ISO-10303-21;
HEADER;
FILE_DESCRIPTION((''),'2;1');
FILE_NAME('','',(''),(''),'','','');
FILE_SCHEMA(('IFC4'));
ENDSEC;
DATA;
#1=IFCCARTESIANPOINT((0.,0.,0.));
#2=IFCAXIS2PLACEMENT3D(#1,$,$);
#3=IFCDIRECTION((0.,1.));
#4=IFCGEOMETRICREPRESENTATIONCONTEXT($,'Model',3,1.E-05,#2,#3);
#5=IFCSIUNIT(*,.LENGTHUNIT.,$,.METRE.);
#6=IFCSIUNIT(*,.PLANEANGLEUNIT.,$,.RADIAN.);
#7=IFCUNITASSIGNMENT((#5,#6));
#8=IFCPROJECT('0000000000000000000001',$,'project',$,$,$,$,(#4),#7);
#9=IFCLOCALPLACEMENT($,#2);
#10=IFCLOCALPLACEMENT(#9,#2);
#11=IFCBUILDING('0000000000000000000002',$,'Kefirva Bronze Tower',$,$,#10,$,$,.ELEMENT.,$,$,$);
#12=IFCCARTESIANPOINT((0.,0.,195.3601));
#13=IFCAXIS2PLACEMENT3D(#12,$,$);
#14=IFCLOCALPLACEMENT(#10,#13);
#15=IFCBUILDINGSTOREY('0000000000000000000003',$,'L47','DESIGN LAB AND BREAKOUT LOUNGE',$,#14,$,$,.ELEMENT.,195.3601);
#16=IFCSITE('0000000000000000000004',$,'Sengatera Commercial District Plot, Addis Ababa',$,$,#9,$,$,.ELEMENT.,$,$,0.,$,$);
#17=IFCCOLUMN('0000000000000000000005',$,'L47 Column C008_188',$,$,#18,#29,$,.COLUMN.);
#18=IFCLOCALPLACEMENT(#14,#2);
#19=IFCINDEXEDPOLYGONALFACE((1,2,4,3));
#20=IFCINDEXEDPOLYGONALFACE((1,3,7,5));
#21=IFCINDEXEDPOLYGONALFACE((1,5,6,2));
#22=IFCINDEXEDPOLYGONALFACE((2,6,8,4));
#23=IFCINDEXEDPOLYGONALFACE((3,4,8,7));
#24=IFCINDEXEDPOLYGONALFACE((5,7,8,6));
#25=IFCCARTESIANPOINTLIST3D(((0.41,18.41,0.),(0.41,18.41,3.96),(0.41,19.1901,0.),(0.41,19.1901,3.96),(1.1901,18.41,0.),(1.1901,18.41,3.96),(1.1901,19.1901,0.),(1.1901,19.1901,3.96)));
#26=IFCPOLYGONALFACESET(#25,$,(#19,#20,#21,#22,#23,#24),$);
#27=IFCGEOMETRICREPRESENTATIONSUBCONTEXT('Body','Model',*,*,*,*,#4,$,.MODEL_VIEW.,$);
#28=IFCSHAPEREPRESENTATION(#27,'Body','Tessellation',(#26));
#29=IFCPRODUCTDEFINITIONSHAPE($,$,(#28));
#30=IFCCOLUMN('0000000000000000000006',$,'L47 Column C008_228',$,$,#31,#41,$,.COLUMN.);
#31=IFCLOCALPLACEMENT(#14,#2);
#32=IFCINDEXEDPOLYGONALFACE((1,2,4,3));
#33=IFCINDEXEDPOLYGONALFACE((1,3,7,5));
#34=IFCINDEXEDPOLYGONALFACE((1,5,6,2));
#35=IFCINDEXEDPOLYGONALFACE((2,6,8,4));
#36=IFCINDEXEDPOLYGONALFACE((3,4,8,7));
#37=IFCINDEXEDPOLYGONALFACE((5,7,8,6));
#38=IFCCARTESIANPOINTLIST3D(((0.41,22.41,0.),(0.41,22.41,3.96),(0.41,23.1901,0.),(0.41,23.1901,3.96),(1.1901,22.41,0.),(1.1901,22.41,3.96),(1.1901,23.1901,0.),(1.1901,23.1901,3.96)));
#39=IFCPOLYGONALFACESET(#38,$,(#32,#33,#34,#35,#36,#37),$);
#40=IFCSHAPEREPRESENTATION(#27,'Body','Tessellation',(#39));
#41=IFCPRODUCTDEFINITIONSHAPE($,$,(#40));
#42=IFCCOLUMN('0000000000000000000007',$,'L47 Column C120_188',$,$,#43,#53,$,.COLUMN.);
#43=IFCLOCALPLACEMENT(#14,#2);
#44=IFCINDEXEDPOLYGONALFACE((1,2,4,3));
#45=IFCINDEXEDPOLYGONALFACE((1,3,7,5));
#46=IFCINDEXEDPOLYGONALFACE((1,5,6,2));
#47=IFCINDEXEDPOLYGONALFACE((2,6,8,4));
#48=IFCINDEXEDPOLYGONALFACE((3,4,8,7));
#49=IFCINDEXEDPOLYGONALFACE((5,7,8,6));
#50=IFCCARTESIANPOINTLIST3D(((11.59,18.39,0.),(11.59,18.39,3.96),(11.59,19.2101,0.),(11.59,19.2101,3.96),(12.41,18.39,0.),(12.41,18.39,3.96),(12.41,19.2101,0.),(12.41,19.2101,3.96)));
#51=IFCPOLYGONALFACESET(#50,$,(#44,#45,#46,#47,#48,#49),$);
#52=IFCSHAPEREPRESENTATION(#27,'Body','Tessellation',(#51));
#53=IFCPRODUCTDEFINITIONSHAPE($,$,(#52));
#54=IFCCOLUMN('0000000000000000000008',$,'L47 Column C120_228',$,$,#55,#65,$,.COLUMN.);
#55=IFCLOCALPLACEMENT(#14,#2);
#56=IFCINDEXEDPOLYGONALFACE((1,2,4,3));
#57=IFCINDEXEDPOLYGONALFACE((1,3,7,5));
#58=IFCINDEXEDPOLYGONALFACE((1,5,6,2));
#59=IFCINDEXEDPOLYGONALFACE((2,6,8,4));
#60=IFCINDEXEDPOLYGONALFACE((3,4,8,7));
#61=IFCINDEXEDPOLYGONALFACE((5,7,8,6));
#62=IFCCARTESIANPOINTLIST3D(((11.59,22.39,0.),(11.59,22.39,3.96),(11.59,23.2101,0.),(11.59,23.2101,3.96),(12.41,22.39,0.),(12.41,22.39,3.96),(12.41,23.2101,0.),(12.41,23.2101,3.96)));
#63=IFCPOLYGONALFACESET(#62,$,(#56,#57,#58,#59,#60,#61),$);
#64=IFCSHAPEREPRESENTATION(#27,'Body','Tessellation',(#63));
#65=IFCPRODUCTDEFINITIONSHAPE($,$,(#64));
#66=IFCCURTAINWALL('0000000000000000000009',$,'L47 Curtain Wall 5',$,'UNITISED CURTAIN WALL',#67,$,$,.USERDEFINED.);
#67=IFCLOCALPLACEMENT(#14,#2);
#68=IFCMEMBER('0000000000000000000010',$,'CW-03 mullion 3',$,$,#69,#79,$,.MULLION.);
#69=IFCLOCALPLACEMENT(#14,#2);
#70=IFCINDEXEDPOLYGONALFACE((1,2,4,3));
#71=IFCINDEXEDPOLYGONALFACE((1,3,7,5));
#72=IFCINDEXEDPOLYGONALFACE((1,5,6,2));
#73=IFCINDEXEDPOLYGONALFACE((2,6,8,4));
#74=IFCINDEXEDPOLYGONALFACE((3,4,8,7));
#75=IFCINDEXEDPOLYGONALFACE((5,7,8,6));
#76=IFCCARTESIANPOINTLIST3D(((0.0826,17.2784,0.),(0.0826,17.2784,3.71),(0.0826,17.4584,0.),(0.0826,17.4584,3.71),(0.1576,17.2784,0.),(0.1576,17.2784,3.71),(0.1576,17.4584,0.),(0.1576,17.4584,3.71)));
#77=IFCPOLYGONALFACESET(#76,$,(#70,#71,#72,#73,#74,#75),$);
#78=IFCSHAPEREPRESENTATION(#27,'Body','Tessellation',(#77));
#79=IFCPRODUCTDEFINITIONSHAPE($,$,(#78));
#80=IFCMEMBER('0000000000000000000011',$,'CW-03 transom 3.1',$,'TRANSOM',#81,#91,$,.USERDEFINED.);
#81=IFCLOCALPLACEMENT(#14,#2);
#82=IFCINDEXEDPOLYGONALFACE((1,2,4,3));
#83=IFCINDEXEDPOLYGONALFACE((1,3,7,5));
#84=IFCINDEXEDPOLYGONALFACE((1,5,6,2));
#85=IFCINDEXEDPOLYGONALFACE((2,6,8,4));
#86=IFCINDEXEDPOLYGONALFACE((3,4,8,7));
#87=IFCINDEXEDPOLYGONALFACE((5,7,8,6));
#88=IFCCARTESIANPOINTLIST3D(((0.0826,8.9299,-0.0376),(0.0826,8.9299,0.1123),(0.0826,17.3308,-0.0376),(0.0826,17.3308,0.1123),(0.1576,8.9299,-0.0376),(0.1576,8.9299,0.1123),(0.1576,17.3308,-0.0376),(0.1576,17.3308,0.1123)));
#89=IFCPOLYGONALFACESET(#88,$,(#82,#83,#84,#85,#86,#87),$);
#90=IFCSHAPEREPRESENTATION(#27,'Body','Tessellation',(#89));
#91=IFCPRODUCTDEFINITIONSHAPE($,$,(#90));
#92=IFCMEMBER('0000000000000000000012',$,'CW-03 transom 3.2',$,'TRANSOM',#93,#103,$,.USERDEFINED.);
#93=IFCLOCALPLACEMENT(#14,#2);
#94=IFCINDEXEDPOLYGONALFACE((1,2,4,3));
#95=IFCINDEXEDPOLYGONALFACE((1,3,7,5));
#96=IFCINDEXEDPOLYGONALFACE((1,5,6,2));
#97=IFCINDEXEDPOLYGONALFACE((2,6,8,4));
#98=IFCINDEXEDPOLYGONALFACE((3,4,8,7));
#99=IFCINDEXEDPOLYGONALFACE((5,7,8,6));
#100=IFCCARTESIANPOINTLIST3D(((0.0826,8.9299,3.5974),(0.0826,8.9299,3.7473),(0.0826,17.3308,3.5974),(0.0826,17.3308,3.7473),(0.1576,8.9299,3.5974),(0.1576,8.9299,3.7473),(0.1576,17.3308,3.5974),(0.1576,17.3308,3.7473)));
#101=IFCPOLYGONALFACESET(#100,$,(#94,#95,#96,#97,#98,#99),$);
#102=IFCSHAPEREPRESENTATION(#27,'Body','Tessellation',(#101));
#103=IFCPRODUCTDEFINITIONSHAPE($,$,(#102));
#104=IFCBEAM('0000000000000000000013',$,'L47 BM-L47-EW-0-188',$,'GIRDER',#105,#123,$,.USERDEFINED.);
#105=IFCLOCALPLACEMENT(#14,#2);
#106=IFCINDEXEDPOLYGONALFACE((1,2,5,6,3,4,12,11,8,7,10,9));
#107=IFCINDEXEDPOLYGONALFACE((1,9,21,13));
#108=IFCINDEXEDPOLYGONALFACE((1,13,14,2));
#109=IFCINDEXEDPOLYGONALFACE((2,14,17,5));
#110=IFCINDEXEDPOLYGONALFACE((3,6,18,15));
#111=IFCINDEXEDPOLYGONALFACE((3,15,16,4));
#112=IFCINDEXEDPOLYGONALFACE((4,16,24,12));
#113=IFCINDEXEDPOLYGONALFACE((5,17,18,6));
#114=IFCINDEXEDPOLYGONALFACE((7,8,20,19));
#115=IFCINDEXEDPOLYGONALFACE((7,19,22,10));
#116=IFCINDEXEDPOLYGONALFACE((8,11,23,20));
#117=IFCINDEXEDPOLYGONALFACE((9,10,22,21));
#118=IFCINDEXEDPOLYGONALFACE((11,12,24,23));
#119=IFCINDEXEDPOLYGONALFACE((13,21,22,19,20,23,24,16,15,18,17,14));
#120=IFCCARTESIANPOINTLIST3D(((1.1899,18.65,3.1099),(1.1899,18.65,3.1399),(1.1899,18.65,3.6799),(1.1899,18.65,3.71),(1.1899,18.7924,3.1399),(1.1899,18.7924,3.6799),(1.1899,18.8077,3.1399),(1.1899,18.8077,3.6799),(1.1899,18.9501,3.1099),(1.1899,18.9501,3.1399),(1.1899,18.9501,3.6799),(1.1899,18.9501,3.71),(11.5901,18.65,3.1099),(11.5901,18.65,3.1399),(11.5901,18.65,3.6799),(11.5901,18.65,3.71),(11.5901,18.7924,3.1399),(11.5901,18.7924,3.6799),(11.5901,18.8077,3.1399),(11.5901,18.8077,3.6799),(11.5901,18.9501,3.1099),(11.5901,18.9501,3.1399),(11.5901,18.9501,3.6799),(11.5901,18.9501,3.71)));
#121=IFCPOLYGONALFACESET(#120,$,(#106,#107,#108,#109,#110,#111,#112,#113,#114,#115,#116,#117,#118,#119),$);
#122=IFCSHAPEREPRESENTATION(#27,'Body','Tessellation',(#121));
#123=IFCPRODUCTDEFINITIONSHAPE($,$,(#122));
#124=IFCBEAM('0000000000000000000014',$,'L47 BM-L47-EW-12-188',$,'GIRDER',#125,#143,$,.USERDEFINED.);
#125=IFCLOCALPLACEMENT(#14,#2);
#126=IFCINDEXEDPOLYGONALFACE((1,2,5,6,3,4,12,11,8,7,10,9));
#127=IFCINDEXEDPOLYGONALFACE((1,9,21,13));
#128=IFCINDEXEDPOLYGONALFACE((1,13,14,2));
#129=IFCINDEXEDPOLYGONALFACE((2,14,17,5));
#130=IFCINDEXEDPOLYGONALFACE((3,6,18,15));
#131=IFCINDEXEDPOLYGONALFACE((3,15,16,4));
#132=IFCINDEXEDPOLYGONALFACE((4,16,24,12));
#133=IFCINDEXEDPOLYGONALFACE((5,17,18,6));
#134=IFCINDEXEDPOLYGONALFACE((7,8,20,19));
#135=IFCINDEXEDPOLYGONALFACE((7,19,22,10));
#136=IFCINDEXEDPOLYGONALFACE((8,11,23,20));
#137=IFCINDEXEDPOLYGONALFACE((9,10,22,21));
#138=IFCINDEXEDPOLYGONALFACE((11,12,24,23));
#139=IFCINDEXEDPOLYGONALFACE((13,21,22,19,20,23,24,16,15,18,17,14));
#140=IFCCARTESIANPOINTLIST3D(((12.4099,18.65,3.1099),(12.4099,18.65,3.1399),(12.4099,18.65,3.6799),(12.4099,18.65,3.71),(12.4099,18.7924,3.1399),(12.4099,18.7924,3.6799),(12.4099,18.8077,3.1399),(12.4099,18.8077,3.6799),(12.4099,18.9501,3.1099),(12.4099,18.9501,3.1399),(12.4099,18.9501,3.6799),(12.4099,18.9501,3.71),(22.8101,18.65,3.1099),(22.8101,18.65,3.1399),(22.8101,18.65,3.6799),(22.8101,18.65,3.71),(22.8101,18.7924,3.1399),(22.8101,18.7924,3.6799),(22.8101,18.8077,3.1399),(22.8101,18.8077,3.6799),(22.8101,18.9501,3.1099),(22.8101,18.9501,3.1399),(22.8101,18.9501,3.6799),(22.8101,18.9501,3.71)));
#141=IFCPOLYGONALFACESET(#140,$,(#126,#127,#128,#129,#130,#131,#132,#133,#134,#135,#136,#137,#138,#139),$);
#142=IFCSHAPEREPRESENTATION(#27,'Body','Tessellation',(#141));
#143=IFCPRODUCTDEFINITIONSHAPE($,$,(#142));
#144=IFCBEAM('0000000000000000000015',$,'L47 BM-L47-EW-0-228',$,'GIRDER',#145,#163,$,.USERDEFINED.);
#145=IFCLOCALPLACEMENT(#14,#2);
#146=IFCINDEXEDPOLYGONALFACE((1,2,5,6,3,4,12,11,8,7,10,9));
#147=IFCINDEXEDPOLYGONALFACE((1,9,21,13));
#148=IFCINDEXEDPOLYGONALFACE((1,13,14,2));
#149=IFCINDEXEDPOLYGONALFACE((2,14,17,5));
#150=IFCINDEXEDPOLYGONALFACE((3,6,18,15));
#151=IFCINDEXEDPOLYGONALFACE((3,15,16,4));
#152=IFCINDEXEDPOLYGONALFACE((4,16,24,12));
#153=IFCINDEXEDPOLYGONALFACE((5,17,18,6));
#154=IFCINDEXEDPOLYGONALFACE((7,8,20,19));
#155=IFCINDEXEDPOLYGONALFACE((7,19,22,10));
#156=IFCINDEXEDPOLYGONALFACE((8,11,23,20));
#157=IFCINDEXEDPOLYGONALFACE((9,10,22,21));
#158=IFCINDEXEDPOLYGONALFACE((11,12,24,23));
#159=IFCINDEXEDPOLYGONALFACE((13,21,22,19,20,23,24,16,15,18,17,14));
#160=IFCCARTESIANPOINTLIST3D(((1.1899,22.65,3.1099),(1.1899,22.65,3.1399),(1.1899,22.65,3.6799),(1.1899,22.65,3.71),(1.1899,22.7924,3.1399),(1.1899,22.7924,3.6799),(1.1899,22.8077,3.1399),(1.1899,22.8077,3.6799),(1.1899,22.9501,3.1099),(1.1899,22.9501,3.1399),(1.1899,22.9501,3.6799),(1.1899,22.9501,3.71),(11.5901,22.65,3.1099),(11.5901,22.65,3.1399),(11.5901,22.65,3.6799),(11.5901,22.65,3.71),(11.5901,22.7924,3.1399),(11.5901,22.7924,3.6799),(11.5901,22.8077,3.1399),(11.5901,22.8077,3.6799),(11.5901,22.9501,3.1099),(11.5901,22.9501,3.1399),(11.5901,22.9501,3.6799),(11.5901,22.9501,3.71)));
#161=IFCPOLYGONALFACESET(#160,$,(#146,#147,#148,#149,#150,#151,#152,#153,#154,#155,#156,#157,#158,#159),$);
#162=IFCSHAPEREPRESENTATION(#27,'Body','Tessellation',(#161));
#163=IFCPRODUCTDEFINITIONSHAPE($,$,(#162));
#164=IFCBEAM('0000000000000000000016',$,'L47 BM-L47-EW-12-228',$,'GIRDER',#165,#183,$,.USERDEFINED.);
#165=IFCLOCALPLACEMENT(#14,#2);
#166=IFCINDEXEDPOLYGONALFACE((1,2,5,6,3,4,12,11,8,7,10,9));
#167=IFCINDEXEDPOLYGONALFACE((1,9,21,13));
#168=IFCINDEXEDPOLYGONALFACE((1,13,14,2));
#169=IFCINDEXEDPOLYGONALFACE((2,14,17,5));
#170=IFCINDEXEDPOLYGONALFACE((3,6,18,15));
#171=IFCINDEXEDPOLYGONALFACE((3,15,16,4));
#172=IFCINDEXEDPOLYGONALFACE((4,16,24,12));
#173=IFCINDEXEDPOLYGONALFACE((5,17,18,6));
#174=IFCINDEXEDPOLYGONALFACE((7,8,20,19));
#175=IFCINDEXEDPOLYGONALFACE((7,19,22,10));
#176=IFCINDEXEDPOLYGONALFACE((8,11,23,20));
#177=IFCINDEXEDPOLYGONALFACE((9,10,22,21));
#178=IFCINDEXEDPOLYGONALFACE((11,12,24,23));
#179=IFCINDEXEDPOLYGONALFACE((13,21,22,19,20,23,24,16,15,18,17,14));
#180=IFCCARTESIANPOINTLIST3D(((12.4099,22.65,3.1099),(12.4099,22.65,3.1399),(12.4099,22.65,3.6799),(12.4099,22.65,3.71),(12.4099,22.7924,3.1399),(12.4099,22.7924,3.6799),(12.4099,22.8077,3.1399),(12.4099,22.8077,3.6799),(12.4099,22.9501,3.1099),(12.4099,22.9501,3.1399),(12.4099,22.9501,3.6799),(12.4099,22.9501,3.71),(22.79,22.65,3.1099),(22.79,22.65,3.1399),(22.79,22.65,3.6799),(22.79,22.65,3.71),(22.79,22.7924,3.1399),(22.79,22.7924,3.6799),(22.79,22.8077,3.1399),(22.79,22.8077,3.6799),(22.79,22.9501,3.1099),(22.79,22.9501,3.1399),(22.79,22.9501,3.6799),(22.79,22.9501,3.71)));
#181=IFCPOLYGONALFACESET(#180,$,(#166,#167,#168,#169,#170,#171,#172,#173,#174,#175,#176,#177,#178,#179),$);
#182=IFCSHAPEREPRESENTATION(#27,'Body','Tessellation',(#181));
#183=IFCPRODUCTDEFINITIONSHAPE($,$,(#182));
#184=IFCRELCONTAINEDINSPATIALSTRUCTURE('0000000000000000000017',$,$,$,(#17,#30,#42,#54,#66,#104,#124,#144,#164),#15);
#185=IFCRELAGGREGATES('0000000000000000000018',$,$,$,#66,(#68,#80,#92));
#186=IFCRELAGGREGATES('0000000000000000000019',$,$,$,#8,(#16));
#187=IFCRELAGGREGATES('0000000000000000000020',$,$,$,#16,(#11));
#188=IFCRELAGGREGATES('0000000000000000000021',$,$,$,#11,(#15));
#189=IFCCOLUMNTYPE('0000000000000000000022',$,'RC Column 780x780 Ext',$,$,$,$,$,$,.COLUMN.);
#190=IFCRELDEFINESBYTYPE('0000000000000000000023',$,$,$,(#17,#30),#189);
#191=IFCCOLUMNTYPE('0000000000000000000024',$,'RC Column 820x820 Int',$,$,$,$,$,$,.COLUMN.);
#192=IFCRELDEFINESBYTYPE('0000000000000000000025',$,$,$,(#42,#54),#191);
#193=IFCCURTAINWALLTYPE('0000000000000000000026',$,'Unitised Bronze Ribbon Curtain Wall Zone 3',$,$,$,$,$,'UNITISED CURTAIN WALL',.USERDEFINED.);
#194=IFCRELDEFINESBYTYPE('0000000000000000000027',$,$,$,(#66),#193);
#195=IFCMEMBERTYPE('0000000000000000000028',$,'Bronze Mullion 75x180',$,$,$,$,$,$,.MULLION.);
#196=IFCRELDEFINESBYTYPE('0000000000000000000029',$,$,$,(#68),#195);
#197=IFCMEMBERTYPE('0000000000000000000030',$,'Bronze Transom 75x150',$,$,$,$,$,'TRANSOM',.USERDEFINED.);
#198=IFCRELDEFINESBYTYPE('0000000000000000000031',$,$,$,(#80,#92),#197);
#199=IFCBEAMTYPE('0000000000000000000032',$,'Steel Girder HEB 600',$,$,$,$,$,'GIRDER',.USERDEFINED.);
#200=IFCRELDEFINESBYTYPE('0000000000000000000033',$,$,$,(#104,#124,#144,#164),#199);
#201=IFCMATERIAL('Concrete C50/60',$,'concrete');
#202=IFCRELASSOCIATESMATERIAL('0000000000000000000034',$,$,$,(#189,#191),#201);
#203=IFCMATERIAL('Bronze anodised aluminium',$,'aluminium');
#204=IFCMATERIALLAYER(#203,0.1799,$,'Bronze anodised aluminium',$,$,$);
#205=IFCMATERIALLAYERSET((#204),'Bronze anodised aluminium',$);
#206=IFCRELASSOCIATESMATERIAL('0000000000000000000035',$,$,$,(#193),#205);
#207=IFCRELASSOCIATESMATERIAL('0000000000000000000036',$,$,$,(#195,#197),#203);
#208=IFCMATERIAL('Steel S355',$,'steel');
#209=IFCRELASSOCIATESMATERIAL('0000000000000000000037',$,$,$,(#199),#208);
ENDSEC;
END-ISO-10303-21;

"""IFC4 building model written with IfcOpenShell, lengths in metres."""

from ifc_helpers import new_model, si_unit, direction, frame, origin, origin_2d, place, context, subcontext, project, spatial, rectangle, i_section, extrude, material, layer, layer_set, material_profile, profile_set, type_object, element, aggregate, save


model = new_model("IFC4")

# Units and contexts
model_context = context("Model", 3, precision=1e-05, world=origin(), true_north=direction((0.0, 1.0)))
body_context = subcontext(model_context, "Body", "Model", "MODEL_VIEW")
ifc_project = project(units=[si_unit("LENGTHUNIT", "METRE"), si_unit("PLANEANGLEUNIT", "RADIAN")], contexts=[model_context])

# Site, building, storey
site_placement = place(None, origin())
site = spatial("IfcSite", under=ifc_project, at=site_placement, Name="Sengatera Commercial District Plot, Addis Ababa", CompositionType="ELEMENT", RefElevation=0.0)
building_placement = place(site_placement, origin())
building = spatial("IfcBuilding", under=site, at=building_placement, Name="Kefirva Bronze Tower", CompositionType="ELEMENT")
storey_placement = place(building_placement, frame((0.0, 0.0, 195.3601)))
storey = spatial("IfcBuildingStorey", under=building, at=storey_placement, Name="L47", Description="DESIGN LAB AND BREAKOUT LOUNGE", CompositionType="ELEMENT", Elevation=195.3601)

# Columns
ifc_material_1 = material(Name="Concrete C50/60", Category="concrete")
ifc_material_profile_1 = material_profile(ifc_material_1, rectangle(XDim=0.78, YDim=0.78, at=origin_2d()), Name="RC 780x780")
ifc_profile_set_1 = profile_set([ifc_material_profile_1], Name="Concrete C50/60")
column_type_1 = type_object("IfcColumnType", Name="RC Column 780x780 Ext", PredefinedType="COLUMN", material=ifc_profile_set_1)
for number, where, z_axis, x_axis, name in (
    (1, (0.8, 18.8, 0.0), (0.0, 0.0, 1.0), (1.0, 0.0, 0.0), "L47 Column C008_188"),
    (2, (0.8, 22.8, 0.0), (0.0, 0.0, 1.0), (1.0, 0.0, 0.0), "L47 Column C008_228"),
):
    element("IfcColumn", number, at=place(storey_placement, frame(where, z_axis=z_axis, x_axis=x_axis)), inside=storey, type_object=column_type_1, Name=name, PredefinedType="COLUMN", context=body_context, shape_type="SweptSolid", body=[
        extrude(rectangle(XDim=0.78, YDim=0.78, at=origin_2d()), origin(), (0.0, 0.0, 1.0), 3.96),
    ])
ifc_material_profile_2 = material_profile(ifc_material_1, rectangle(XDim=0.8201, YDim=0.8201, at=origin_2d()), Name="RC 820x820")
ifc_profile_set_2 = profile_set([ifc_material_profile_2], Name="Concrete C50/60")
column_type_2 = type_object("IfcColumnType", Name="RC Column 820x820 Int", PredefinedType="COLUMN", material=ifc_profile_set_2)
for number, where, z_axis, x_axis, name in (
    (3, (12.0, 18.8, 0.0), (0.0, 0.0, 1.0), (1.0, 0.0, 0.0), "L47 Column C120_188"),
    (4, (12.0, 22.8, 0.0), (0.0, 0.0, 1.0), (1.0, 0.0, 0.0), "L47 Column C120_228"),
):
    element("IfcColumn", number, at=place(storey_placement, frame(where, z_axis=z_axis, x_axis=x_axis)), inside=storey, type_object=column_type_2, Name=name, PredefinedType="COLUMN", context=body_context, shape_type="SweptSolid", body=[
        extrude(rectangle(XDim=0.8201, YDim=0.8201, at=origin_2d()), origin(), (0.0, 0.0, 1.0), 3.96),
    ])

# Curtain wall, members
ifc_material_2 = material(Name="Bronze anodised aluminium", Category="aluminium")
ifc_layer_1 = layer(ifc_material_2, 0.1799, Name="Bronze anodised aluminium")
ifc_layer_set_1 = layer_set([ifc_layer_1], Name="Bronze anodised aluminium")
curtain_wall_type = type_object("IfcCurtainWallType", Name="Unitised Bronze Ribbon Curtain Wall Zone 3", ElementType="UNITISED CURTAIN WALL", PredefinedType="USERDEFINED", material=ifc_layer_set_1)
curtain_wall_placement = place(storey_placement, origin())
curtain_wall = element("IfcCurtainWall", 5, at=curtain_wall_placement, inside=storey, type_object=curtain_wall_type, Name="L47 Curtain Wall 5", ObjectType="UNITISED CURTAIN WALL", PredefinedType="USERDEFINED")
ifc_material_profile_3 = material_profile(ifc_material_2, rectangle(XDim=0.075, YDim=0.1799, at=origin_2d()), Name="ALU 75x180")
ifc_profile_set_3 = profile_set([ifc_material_profile_3], Name="Bronze anodised aluminium")
member_type_1 = type_object("IfcMemberType", Name="Bronze Mullion 75x180", PredefinedType="MULLION", material=ifc_profile_set_3)
member_1_placement = place(storey_placement, frame((0.1201, 17.3684, 0.0), z_axis=(0.0, 0.0, 1.0), x_axis=(1.0, 0.0, 0.0)))
member_1 = element("IfcMember", 6, at=member_1_placement, type_object=member_type_1, Name="CW-03 mullion 3", PredefinedType="MULLION", context=body_context, shape_type="SweptSolid", body=[
    extrude(rectangle(XDim=0.075, YDim=0.1799, at=origin_2d()), origin(), (0.0, 0.0, 1.0), 3.71),
])
ifc_material_profile_4 = material_profile(ifc_material_2, rectangle(XDim=0.075, YDim=0.1499, at=origin_2d()), Name="ALU 75x150")
ifc_profile_set_4 = profile_set([ifc_material_profile_4], Name="Bronze anodised aluminium")
member_type_2 = type_object("IfcMemberType", Name="Bronze Transom 75x150", ElementType="TRANSOM", PredefinedType="USERDEFINED", material=ifc_profile_set_4)
member_2_placement = place(storey_placement, frame((0.1201, 17.3308, 0.0374), z_axis=(0.0, -1.0, 0.0), x_axis=(1.0, 0.0, 0.0)))
member_2 = element("IfcMember", 7, at=member_2_placement, type_object=member_type_2, Name="CW-03 transom 3.1", ObjectType="TRANSOM", PredefinedType="USERDEFINED", context=body_context, shape_type="SweptSolid", body=[
    extrude(rectangle(XDim=0.075, YDim=0.1499, at=origin_2d()), origin(), (0.0, 0.0, 1.0), 8.4009),
])
member_3_placement = place(storey_placement, frame((0.1201, 17.3308, 3.6724), z_axis=(0.0, -1.0, 0.0), x_axis=(1.0, 0.0, 0.0)))
member_3 = element("IfcMember", 8, at=member_3_placement, type_object=member_type_2, Name="CW-03 transom 3.2", ObjectType="TRANSOM", PredefinedType="USERDEFINED", context=body_context, shape_type="SweptSolid", body=[
    extrude(rectangle(XDim=0.075, YDim=0.1499, at=origin_2d()), origin(), (0.0, 0.0, 1.0), 8.4009),
])

# Beams
ifc_material_3 = material(Name="Steel S355", Category="steel")
ifc_material_profile_5 = material_profile(ifc_material_3, i_section(OverallWidth=0.3, OverallDepth=0.6001, WebThickness=0.0154, FlangeThickness=0.03, at=origin_2d()), Name="HEB 600")
ifc_profile_set_5 = profile_set([ifc_material_profile_5], Name="Steel S355")
beam_type_1 = type_object("IfcBeamType", Name="Steel Girder HEB 600", ElementType="GIRDER", PredefinedType="USERDEFINED", material=ifc_profile_set_5)
for number, where, z_axis, x_axis, name in (
    (9, (1.1899, 18.8, 3.4099), (1.0, 0.0, 0.0), (0.0, 1.0, 0.0), "L47 BM-L47-EW-0-188"),
    (10, (12.4099, 18.8, 3.4099), (1.0, 0.0, 0.0), (0.0, 1.0, 0.0), "L47 BM-L47-EW-12-188"),
    (11, (1.1899, 22.8, 3.4099), (1.0, 0.0, 0.0), (0.0, 1.0, 0.0), "L47 BM-L47-EW-0-228"),
):
    element("IfcBeam", number, at=place(storey_placement, frame(where, z_axis=z_axis, x_axis=x_axis)), inside=storey, type_object=beam_type_1, Name=name, ObjectType="GIRDER", PredefinedType="USERDEFINED", context=body_context, shape_type="SweptSolid", body=[
        extrude(i_section(OverallWidth=0.3, OverallDepth=0.6001, WebThickness=0.0154, FlangeThickness=0.03, at=origin_2d()), origin(), (0.0, 0.0, 1.0), 10.4001),
    ])
beam_1_placement = place(storey_placement, frame((12.4099, 22.8, 3.4099), z_axis=(1.0, 0.0, 0.0), x_axis=(0.0, 1.0, 0.0)))
element("IfcBeam", 12, at=beam_1_placement, inside=storey, type_object=beam_type_1, Name="L47 BM-L47-EW-12-228", ObjectType="GIRDER", PredefinedType="USERDEFINED", context=body_context, shape_type="SweptSolid", body=[
    extrude(i_section(OverallWidth=0.3, OverallDepth=0.6001, WebThickness=0.0154, FlangeThickness=0.03, at=origin_2d()), origin(), (0.0, 0.0, 1.0), 10.3801),
])

aggregate(curtain_wall, [member_1, member_2, member_3])

save(model, "model.ifc")
